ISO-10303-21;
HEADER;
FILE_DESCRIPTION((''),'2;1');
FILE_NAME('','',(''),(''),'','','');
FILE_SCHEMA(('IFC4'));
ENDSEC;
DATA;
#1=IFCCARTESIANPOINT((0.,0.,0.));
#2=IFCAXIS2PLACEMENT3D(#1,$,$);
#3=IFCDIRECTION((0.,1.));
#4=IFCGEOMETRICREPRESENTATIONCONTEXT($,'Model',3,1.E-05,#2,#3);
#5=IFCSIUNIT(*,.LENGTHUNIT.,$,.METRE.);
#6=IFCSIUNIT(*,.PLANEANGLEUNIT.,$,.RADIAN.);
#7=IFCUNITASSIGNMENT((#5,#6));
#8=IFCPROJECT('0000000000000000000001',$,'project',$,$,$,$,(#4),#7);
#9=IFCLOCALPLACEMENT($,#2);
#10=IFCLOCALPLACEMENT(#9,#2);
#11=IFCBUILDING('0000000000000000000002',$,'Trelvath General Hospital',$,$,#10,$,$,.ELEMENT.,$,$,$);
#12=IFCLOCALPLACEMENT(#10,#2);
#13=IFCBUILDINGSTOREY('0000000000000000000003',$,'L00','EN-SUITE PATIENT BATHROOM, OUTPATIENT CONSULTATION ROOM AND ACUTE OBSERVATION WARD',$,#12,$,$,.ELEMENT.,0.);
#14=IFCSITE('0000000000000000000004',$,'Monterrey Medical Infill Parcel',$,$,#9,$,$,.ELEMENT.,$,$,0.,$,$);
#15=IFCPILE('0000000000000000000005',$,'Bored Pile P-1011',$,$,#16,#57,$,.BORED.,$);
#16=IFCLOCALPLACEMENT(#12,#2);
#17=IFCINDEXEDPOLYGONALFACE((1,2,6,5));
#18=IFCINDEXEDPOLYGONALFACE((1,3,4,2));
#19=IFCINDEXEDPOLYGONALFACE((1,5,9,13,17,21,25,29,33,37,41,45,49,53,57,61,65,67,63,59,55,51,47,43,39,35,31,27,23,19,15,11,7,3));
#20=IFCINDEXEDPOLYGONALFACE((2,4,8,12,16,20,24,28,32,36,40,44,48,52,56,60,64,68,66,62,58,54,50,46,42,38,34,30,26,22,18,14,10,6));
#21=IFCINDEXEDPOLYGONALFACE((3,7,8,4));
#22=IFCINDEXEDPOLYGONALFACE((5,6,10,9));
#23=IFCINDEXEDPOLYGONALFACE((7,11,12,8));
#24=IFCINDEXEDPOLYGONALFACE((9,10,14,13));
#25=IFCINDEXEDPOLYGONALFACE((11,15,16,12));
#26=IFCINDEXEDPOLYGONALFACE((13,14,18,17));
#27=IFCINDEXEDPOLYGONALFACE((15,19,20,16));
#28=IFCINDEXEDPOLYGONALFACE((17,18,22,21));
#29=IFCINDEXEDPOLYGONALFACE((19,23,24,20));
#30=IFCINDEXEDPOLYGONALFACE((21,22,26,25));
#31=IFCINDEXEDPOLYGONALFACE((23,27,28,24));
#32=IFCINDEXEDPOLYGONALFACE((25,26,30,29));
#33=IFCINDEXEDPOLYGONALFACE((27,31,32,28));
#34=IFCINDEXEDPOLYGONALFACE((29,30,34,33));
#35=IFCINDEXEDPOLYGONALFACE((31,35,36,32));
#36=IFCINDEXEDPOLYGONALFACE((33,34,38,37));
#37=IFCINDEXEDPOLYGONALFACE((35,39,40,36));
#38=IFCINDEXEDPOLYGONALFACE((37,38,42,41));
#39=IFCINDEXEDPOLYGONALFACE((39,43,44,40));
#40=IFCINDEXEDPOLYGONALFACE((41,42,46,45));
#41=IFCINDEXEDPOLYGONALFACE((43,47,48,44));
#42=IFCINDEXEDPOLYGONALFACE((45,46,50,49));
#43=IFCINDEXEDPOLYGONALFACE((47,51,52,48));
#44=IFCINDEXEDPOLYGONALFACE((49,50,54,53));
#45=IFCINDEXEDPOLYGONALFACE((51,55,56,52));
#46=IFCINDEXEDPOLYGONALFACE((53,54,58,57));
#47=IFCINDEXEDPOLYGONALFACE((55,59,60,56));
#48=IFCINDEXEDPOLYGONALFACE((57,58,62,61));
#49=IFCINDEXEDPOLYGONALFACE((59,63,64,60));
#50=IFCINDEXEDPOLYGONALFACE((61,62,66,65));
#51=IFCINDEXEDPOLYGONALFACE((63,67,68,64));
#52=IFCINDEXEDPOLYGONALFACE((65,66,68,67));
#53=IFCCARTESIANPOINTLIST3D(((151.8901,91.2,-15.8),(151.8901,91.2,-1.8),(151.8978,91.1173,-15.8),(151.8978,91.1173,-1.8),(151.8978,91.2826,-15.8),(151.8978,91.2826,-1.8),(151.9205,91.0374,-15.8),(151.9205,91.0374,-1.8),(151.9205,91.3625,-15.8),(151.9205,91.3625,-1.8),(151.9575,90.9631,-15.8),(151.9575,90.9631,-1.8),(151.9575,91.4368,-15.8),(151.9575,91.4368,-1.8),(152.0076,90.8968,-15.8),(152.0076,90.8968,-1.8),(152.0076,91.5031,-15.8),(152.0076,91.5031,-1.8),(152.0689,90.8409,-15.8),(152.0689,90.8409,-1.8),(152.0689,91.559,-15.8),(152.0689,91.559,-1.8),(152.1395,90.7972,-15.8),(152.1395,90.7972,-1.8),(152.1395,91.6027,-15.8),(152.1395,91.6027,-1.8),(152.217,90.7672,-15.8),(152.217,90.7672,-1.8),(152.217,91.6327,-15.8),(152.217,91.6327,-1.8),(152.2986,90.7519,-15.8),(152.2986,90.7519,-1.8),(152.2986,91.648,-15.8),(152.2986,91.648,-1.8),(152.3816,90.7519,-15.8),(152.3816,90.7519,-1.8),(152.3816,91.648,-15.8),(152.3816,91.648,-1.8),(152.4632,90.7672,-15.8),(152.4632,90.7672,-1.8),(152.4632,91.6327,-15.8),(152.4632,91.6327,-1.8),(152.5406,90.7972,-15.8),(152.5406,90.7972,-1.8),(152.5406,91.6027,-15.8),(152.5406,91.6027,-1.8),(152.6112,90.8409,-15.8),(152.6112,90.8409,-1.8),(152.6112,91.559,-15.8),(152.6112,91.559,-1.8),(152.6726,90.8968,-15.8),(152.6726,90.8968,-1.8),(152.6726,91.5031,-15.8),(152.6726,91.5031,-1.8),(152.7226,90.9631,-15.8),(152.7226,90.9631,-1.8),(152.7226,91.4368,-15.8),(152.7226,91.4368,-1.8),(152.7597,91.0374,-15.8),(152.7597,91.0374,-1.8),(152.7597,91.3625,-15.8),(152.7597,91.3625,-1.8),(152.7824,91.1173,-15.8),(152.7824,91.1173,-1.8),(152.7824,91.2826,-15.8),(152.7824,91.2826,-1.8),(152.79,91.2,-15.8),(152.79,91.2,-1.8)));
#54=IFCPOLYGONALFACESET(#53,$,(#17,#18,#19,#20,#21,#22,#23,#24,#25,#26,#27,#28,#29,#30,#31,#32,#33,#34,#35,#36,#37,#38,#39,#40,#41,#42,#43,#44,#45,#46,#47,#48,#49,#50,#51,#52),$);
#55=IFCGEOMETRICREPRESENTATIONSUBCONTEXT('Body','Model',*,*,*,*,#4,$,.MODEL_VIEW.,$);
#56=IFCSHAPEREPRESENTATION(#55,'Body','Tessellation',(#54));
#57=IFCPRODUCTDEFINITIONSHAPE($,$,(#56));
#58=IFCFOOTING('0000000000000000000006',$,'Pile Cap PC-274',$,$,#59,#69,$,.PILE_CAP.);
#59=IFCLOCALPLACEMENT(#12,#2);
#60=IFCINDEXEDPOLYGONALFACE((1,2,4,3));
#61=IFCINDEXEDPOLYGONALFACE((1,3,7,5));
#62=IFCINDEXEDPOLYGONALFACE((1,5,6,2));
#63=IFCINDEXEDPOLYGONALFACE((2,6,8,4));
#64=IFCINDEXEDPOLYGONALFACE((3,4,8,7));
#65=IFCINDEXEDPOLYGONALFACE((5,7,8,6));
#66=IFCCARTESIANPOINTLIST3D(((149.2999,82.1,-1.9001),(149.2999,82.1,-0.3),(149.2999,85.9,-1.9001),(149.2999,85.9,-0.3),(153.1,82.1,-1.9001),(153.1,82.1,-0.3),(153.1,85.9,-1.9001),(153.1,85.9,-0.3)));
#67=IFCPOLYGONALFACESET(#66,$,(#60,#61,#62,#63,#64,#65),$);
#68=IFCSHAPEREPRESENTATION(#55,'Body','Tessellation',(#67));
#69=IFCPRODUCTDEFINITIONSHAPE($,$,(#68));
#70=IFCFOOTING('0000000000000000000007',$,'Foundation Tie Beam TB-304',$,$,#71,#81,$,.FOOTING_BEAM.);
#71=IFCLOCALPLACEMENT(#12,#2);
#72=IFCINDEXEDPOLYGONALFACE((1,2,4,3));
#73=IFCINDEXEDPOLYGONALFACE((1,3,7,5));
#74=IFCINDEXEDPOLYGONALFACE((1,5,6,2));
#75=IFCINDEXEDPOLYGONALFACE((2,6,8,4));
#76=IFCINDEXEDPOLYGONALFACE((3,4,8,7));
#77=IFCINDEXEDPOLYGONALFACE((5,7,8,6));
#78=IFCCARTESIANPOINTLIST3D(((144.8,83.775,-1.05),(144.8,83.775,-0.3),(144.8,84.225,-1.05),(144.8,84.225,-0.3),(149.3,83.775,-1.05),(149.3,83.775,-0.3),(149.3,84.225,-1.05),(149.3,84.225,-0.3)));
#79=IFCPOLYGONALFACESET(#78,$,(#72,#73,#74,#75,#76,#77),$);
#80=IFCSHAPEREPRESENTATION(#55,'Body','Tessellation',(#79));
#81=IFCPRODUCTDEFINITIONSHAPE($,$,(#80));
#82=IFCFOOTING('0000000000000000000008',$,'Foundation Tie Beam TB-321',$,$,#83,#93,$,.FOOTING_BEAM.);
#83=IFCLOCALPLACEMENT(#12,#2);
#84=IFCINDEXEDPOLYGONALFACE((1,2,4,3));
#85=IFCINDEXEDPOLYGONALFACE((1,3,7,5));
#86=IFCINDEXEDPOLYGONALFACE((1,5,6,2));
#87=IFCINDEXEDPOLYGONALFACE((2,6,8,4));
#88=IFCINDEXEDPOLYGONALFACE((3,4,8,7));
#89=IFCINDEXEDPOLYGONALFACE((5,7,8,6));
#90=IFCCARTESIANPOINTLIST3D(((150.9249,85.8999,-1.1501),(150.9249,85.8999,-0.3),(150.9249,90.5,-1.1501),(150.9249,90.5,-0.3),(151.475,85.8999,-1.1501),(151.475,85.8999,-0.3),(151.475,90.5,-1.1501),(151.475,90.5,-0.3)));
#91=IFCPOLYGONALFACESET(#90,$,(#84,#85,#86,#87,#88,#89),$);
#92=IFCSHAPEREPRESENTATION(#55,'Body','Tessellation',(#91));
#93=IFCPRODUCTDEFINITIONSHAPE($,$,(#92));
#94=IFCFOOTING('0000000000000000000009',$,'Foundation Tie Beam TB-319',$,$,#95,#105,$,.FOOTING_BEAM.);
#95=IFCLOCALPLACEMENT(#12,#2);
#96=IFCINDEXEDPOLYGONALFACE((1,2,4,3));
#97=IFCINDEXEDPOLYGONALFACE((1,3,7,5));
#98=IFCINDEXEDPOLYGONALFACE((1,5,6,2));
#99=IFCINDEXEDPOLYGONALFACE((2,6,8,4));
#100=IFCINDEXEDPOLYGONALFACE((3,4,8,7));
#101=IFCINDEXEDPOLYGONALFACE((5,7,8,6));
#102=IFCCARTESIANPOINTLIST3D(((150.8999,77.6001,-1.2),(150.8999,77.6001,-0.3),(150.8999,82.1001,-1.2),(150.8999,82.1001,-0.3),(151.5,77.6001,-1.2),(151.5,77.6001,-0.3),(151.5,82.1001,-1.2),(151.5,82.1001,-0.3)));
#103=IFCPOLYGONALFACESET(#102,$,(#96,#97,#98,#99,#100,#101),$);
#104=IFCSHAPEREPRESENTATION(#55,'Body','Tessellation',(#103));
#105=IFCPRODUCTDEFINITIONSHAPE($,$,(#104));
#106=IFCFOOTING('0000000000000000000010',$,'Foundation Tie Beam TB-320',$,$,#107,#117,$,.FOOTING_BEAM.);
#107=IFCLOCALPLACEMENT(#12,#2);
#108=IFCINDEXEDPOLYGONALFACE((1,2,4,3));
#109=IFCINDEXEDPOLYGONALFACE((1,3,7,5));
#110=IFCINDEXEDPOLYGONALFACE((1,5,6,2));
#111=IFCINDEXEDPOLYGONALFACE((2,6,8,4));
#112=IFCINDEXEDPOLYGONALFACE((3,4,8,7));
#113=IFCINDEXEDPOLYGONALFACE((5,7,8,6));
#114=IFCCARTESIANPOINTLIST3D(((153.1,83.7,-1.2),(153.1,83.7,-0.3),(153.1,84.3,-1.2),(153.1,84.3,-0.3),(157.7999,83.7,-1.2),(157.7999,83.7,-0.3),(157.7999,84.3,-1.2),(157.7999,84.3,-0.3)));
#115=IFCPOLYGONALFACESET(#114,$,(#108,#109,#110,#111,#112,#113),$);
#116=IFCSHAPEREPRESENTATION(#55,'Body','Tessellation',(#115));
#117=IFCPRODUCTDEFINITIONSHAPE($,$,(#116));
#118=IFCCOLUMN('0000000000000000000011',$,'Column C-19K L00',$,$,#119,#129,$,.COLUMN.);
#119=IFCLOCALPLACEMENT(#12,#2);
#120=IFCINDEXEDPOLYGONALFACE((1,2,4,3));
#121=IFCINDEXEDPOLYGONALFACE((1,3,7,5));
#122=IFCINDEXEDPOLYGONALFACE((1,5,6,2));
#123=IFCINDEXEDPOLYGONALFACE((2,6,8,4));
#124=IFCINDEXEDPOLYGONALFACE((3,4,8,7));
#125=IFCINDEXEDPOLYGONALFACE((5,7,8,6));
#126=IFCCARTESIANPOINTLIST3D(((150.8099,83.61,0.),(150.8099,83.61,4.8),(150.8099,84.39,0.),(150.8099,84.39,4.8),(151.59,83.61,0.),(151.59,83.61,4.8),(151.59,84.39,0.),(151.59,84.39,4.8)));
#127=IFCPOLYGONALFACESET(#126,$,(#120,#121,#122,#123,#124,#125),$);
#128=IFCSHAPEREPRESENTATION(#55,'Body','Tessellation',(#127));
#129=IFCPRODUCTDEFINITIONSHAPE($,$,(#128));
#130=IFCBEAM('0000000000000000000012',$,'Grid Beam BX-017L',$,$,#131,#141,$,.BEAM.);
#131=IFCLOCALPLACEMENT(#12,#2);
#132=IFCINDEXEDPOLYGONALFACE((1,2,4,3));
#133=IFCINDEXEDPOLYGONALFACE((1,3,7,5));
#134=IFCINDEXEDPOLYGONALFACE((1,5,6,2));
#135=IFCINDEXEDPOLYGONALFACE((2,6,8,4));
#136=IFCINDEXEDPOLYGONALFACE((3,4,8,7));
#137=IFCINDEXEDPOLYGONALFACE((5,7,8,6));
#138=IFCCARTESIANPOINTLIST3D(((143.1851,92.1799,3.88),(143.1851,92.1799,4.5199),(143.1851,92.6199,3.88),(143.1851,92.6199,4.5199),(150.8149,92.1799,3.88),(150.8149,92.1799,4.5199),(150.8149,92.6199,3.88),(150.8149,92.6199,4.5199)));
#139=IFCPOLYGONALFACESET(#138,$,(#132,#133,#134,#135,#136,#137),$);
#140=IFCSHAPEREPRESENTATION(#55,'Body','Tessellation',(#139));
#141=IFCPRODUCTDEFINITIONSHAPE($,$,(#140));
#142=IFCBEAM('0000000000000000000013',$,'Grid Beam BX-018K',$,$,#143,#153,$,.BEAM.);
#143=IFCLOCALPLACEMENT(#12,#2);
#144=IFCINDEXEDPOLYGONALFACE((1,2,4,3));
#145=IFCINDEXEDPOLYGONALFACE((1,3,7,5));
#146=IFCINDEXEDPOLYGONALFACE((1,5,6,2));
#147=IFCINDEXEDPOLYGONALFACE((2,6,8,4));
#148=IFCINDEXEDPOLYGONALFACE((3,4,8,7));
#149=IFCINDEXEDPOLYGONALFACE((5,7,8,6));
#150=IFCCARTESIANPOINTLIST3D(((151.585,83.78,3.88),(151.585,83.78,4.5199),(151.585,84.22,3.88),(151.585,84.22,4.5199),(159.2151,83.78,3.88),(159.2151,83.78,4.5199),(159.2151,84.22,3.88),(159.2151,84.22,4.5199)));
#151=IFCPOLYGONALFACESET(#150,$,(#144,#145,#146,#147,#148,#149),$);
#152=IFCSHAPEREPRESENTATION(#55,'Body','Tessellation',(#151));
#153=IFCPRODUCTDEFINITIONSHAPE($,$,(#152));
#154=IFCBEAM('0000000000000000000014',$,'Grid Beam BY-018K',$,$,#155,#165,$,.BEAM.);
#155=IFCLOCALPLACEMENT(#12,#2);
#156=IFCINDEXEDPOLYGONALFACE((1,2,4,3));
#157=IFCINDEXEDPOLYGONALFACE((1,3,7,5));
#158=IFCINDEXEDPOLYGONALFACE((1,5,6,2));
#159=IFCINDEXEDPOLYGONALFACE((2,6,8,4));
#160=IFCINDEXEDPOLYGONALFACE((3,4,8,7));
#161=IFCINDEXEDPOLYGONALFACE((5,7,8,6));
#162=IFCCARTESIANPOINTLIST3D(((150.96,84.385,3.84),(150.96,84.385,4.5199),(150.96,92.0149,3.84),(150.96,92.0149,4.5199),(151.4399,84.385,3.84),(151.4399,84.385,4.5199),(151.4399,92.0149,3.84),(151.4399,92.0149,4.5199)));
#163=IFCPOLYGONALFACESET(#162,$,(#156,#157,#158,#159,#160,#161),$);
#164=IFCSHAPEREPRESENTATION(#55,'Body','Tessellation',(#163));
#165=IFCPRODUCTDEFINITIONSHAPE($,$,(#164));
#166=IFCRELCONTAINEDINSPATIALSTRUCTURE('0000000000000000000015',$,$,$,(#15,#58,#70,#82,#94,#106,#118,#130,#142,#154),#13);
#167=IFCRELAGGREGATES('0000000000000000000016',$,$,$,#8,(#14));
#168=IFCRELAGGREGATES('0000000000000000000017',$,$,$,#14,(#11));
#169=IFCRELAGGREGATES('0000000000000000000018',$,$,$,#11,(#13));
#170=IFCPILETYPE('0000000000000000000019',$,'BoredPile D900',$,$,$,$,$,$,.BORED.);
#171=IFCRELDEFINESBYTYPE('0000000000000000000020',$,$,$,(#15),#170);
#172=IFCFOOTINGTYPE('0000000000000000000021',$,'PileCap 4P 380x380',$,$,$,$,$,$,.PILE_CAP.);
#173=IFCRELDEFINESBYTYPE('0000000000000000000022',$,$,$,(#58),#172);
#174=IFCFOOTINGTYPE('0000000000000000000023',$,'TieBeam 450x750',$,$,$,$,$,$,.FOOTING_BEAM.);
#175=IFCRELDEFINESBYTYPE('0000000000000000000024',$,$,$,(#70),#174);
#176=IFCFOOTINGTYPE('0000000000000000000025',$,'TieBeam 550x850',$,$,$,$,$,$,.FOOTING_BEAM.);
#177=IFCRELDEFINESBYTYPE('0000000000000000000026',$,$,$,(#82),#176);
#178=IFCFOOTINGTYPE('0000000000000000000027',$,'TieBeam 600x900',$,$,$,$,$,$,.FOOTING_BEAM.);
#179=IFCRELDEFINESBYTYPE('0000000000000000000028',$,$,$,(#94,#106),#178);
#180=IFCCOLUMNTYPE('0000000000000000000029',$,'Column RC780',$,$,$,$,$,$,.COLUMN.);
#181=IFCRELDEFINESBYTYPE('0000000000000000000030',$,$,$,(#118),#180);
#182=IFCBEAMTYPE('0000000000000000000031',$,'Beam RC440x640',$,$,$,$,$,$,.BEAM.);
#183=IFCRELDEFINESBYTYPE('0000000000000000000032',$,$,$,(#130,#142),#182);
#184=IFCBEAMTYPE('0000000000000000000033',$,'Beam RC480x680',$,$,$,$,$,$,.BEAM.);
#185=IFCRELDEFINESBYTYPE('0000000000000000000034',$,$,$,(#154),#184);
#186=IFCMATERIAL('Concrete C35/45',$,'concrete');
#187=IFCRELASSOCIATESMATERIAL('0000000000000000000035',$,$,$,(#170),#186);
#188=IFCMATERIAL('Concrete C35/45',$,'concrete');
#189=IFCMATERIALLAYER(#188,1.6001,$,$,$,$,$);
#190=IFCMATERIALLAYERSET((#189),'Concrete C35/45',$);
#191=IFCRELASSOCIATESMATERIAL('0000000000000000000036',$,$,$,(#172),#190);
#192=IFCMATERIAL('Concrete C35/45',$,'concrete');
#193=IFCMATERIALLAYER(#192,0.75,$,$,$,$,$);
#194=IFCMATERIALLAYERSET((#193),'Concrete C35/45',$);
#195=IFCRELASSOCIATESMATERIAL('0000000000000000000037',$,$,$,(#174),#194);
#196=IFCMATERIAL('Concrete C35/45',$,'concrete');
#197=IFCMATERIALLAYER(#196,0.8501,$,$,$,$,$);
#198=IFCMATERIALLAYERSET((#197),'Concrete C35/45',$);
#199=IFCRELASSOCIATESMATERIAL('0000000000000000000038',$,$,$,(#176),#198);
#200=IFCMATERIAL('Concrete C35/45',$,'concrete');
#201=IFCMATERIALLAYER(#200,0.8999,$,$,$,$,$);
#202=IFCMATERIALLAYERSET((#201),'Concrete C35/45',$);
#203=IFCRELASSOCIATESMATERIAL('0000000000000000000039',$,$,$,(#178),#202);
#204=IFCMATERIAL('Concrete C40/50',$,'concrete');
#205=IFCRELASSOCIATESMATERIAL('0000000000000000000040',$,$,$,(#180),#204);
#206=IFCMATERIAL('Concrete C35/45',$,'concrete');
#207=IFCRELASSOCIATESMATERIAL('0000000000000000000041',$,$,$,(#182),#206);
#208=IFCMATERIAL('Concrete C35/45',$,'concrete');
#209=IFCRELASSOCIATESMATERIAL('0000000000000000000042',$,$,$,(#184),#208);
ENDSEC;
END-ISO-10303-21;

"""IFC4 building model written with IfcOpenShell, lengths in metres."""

from ifc_helpers import new_model, si_unit, direction, frame, origin, origin_2d, place, context, subcontext, project, spatial, rectangle, circle, extrude, material, layer, layer_set, material_profile, profile_set, type_object, element, save


model = new_model("IFC4")

# Units and contexts
model_context = context("Model", 3, precision=1e-05, world=origin(), true_north=direction((0.0, 1.0)))
body_context = subcontext(model_context, "Body", "Model", "MODEL_VIEW")
ifc_project = project(units=[si_unit("LENGTHUNIT", "METRE"), si_unit("PLANEANGLEUNIT", "RADIAN")], contexts=[model_context])

# Site, building, storey
site_placement = place(None, origin())
site = spatial("IfcSite", under=ifc_project, at=site_placement, Name="Monterrey Medical Infill Parcel", CompositionType="ELEMENT", RefElevation=0.0)
building_placement = place(site_placement, origin())
building = spatial("IfcBuilding", under=site, at=building_placement, Name="Trelvath General Hospital", CompositionType="ELEMENT")
storey_placement = place(building_placement, origin())
storey = spatial("IfcBuildingStorey", under=building, at=storey_placement, Name="L00", Description="EN-SUITE PATIENT BATHROOM, OUTPATIENT CONSULTATION ROOM AND ACUTE OBSERVATION WARD", CompositionType="ELEMENT", Elevation=0.0)

# Pile
ifc_material_1 = material(Name="Concrete C35/45", Category="concrete")
ifc_material_profile_1 = material_profile(ifc_material_1, circle(Radius=0.45, at=origin_2d()), Name="PILE900")
ifc_profile_set_1 = profile_set([ifc_material_profile_1], Name="Concrete C35/45")
pile_type_1 = type_object("IfcPileType", Name="BoredPile D900", PredefinedType="BORED", material=ifc_profile_set_1)
for number, where, z_axis, x_axis, name in (
    (1, (152.3401, 91.2, -1.8), (0.0, 0.0, -1.0), (1.0, 0.0, 0.0), "Bored Pile P-1011"),
):
    element("IfcPile", number, at=place(storey_placement, frame(where, z_axis=z_axis, x_axis=x_axis)), inside=storey, type_object=pile_type_1, Name=name, PredefinedType="BORED", context=body_context, shape_type="SweptSolid", body=[
        extrude(circle(Radius=0.45, at=origin_2d()), origin(), (0.0, 0.0, 1.0), 14.0),
    ])

# Footings
ifc_material_2 = material(Name="Concrete C35/45", Category="concrete")
ifc_layer_1 = layer(ifc_material_2, 1.6001)
ifc_layer_set_1 = layer_set([ifc_layer_1], Name="Concrete C35/45")
footing_type_1 = type_object("IfcFootingType", Name="PileCap 4P 380x380", PredefinedType="PILE_CAP", material=ifc_layer_set_1)
footing_1_placement = place(storey_placement, frame((151.2, 84.0, -1.9001), z_axis=(0.0, 0.0, 1.0), x_axis=(1.0, 0.0, 0.0)))
element("IfcFooting", 2, at=footing_1_placement, inside=storey, type_object=footing_type_1, Name="Pile Cap PC-274", PredefinedType="PILE_CAP", context=body_context, shape_type="SweptSolid", body=[
    extrude(rectangle(XDim=3.8, YDim=3.8, at=origin_2d()), origin(), (0.0, 0.0, 1.0), 1.6001),
])
ifc_material_3 = material(Name="Concrete C35/45", Category="concrete")
ifc_layer_2 = layer(ifc_material_3, 0.75)
ifc_layer_set_2 = layer_set([ifc_layer_2], Name="Concrete C35/45")
footing_type_2 = type_object("IfcFootingType", Name="TieBeam 450x750", PredefinedType="FOOTING_BEAM", material=ifc_layer_set_2)
footing_2_placement = place(storey_placement, frame((147.05, 84.0, -1.05), z_axis=(0.0, 0.0, 1.0), x_axis=(1.0, 0.0, 0.0)))
element("IfcFooting", 3, at=footing_2_placement, inside=storey, type_object=footing_type_2, Name="Foundation Tie Beam TB-304", PredefinedType="FOOTING_BEAM", context=body_context, shape_type="SweptSolid", body=[
    extrude(rectangle(XDim=4.5, YDim=0.45, at=origin_2d()), origin(), (0.0, 0.0, 1.0), 0.75),
])
ifc_material_4 = material(Name="Concrete C35/45", Category="concrete")
ifc_layer_3 = layer(ifc_material_4, 0.8501)
ifc_layer_set_3 = layer_set([ifc_layer_3], Name="Concrete C35/45")
footing_type_3 = type_object("IfcFootingType", Name="TieBeam 550x850", PredefinedType="FOOTING_BEAM", material=ifc_layer_set_3)
footing_3_placement = place(storey_placement, frame((151.2, 88.2, -1.1501), z_axis=(0.0, 0.0, 1.0), x_axis=(1.0, 0.0, 0.0)))
element("IfcFooting", 4, at=footing_3_placement, inside=storey, type_object=footing_type_3, Name="Foundation Tie Beam TB-321", PredefinedType="FOOTING_BEAM", context=body_context, shape_type="SweptSolid", body=[
    extrude(rectangle(XDim=0.55, YDim=4.6001, at=origin_2d()), origin(), (0.0, 0.0, 1.0), 0.8501),
])
ifc_material_5 = material(Name="Concrete C35/45", Category="concrete")
ifc_layer_4 = layer(ifc_material_5, 0.8999)
ifc_layer_set_4 = layer_set([ifc_layer_4], Name="Concrete C35/45")
footing_type_4 = type_object("IfcFootingType", Name="TieBeam 600x900", PredefinedType="FOOTING_BEAM", material=ifc_layer_set_4)
footing_4_placement = place(storey_placement, frame((151.2, 79.8501, -1.2), z_axis=(0.0, 0.0, 1.0), x_axis=(1.0, 0.0, 0.0)))
element("IfcFooting", 5, at=footing_4_placement, inside=storey, type_object=footing_type_4, Name="Foundation Tie Beam TB-319", PredefinedType="FOOTING_BEAM", context=body_context, shape_type="SweptSolid", body=[
    extrude(rectangle(XDim=0.6001, YDim=4.5, at=origin_2d()), origin(), (0.0, 0.0, 1.0), 0.8999),
])
footing_5_placement = place(storey_placement, frame((155.45, 84.0, -1.2), z_axis=(0.0, 0.0, 1.0), x_axis=(1.0, 0.0, 0.0)))
element("IfcFooting", 6, at=footing_5_placement, inside=storey, type_object=footing_type_4, Name="Foundation Tie Beam TB-320", PredefinedType="FOOTING_BEAM", context=body_context, shape_type="SweptSolid", body=[
    extrude(rectangle(XDim=4.7, YDim=0.6001, at=origin_2d()), origin(), (0.0, 0.0, 1.0), 0.8999),
])

# Column
ifc_material_6 = material(Name="Concrete C40/50", Category="concrete")
ifc_material_profile_2 = material_profile(ifc_material_6, rectangle(XDim=0.78, YDim=0.78, at=origin_2d()), Name="RC780x780")
ifc_profile_set_2 = profile_set([ifc_material_profile_2], Name="Concrete C40/50")
column_type = type_object("IfcColumnType", Name="Column RC780", PredefinedType="COLUMN", material=ifc_profile_set_2)
column_placement = place(storey_placement, frame((151.2, 84.0, 0.0), z_axis=(0.0, 0.0, 1.0), x_axis=(1.0, 0.0, 0.0)))
element("IfcColumn", 7, at=column_placement, inside=storey, type_object=column_type, Name="Column C-19K L00", PredefinedType="COLUMN", context=body_context, shape_type="SweptSolid", body=[
    extrude(rectangle(XDim=0.78, YDim=0.78, at=origin_2d()), origin(), (0.0, 0.0, 1.0), 4.8),
])

# Beams
ifc_material_7 = material(Name="Concrete C35/45", Category="concrete")
ifc_material_profile_3 = material_profile(ifc_material_7, rectangle(XDim=0.4399, YDim=0.6399, at=origin_2d()), Name="RCB440x640")
ifc_profile_set_3 = profile_set([ifc_material_profile_3], Name="Concrete C35/45")
beam_type_1 = type_object("IfcBeamType", Name="Beam RC440x640", PredefinedType="BEAM", material=ifc_profile_set_3)
beam_1_placement = place(storey_placement, frame((143.1851, 92.3999, 4.2), z_axis=(1.0, 0.0, 0.0), x_axis=(0.0, 1.0, 0.0)))
element("IfcBeam", 8, at=beam_1_placement, inside=storey, type_object=beam_type_1, Name="Grid Beam BX-017L", PredefinedType="BEAM", context=body_context, shape_type="SweptSolid", body=[
    extrude(rectangle(XDim=0.4399, YDim=0.6399, at=origin_2d()), origin(), (0.0, 0.0, 1.0), 7.6299),
])
beam_2_placement = place(storey_placement, frame((151.585, 84.0, 4.2), z_axis=(1.0, 0.0, 0.0), x_axis=(0.0, 1.0, 0.0)))
element("IfcBeam", 9, at=beam_2_placement, inside=storey, type_object=beam_type_1, Name="Grid Beam BX-018K", PredefinedType="BEAM", context=body_context, shape_type="SweptSolid", body=[
    extrude(rectangle(XDim=0.4399, YDim=0.6399, at=origin_2d()), origin(), (0.0, 0.0, 1.0), 7.6301),
])
ifc_material_8 = material(Name="Concrete C35/45", Category="concrete")
ifc_material_profile_4 = material_profile(ifc_material_8, rectangle(XDim=0.48, YDim=0.6799, at=origin_2d()), Name="RCB480x680")
ifc_profile_set_4 = profile_set([ifc_material_profile_4], Name="Concrete C35/45")
beam_type_2 = type_object("IfcBeamType", Name="Beam RC480x680", PredefinedType="BEAM", material=ifc_profile_set_4)
beam_3_placement = place(storey_placement, frame((151.2, 84.385, 4.1799), z_axis=(0.0, 1.0, 0.0), x_axis=(-1.0, 0.0, 0.0)))
element("IfcBeam", 10, at=beam_3_placement, inside=storey, type_object=beam_type_2, Name="Grid Beam BY-018K", PredefinedType="BEAM", context=body_context, shape_type="SweptSolid", body=[
    extrude(rectangle(XDim=0.48, YDim=0.6799, at=origin_2d()), origin(), (0.0, 0.0, 1.0), 7.6299),
])

save(model, "model.ifc")
